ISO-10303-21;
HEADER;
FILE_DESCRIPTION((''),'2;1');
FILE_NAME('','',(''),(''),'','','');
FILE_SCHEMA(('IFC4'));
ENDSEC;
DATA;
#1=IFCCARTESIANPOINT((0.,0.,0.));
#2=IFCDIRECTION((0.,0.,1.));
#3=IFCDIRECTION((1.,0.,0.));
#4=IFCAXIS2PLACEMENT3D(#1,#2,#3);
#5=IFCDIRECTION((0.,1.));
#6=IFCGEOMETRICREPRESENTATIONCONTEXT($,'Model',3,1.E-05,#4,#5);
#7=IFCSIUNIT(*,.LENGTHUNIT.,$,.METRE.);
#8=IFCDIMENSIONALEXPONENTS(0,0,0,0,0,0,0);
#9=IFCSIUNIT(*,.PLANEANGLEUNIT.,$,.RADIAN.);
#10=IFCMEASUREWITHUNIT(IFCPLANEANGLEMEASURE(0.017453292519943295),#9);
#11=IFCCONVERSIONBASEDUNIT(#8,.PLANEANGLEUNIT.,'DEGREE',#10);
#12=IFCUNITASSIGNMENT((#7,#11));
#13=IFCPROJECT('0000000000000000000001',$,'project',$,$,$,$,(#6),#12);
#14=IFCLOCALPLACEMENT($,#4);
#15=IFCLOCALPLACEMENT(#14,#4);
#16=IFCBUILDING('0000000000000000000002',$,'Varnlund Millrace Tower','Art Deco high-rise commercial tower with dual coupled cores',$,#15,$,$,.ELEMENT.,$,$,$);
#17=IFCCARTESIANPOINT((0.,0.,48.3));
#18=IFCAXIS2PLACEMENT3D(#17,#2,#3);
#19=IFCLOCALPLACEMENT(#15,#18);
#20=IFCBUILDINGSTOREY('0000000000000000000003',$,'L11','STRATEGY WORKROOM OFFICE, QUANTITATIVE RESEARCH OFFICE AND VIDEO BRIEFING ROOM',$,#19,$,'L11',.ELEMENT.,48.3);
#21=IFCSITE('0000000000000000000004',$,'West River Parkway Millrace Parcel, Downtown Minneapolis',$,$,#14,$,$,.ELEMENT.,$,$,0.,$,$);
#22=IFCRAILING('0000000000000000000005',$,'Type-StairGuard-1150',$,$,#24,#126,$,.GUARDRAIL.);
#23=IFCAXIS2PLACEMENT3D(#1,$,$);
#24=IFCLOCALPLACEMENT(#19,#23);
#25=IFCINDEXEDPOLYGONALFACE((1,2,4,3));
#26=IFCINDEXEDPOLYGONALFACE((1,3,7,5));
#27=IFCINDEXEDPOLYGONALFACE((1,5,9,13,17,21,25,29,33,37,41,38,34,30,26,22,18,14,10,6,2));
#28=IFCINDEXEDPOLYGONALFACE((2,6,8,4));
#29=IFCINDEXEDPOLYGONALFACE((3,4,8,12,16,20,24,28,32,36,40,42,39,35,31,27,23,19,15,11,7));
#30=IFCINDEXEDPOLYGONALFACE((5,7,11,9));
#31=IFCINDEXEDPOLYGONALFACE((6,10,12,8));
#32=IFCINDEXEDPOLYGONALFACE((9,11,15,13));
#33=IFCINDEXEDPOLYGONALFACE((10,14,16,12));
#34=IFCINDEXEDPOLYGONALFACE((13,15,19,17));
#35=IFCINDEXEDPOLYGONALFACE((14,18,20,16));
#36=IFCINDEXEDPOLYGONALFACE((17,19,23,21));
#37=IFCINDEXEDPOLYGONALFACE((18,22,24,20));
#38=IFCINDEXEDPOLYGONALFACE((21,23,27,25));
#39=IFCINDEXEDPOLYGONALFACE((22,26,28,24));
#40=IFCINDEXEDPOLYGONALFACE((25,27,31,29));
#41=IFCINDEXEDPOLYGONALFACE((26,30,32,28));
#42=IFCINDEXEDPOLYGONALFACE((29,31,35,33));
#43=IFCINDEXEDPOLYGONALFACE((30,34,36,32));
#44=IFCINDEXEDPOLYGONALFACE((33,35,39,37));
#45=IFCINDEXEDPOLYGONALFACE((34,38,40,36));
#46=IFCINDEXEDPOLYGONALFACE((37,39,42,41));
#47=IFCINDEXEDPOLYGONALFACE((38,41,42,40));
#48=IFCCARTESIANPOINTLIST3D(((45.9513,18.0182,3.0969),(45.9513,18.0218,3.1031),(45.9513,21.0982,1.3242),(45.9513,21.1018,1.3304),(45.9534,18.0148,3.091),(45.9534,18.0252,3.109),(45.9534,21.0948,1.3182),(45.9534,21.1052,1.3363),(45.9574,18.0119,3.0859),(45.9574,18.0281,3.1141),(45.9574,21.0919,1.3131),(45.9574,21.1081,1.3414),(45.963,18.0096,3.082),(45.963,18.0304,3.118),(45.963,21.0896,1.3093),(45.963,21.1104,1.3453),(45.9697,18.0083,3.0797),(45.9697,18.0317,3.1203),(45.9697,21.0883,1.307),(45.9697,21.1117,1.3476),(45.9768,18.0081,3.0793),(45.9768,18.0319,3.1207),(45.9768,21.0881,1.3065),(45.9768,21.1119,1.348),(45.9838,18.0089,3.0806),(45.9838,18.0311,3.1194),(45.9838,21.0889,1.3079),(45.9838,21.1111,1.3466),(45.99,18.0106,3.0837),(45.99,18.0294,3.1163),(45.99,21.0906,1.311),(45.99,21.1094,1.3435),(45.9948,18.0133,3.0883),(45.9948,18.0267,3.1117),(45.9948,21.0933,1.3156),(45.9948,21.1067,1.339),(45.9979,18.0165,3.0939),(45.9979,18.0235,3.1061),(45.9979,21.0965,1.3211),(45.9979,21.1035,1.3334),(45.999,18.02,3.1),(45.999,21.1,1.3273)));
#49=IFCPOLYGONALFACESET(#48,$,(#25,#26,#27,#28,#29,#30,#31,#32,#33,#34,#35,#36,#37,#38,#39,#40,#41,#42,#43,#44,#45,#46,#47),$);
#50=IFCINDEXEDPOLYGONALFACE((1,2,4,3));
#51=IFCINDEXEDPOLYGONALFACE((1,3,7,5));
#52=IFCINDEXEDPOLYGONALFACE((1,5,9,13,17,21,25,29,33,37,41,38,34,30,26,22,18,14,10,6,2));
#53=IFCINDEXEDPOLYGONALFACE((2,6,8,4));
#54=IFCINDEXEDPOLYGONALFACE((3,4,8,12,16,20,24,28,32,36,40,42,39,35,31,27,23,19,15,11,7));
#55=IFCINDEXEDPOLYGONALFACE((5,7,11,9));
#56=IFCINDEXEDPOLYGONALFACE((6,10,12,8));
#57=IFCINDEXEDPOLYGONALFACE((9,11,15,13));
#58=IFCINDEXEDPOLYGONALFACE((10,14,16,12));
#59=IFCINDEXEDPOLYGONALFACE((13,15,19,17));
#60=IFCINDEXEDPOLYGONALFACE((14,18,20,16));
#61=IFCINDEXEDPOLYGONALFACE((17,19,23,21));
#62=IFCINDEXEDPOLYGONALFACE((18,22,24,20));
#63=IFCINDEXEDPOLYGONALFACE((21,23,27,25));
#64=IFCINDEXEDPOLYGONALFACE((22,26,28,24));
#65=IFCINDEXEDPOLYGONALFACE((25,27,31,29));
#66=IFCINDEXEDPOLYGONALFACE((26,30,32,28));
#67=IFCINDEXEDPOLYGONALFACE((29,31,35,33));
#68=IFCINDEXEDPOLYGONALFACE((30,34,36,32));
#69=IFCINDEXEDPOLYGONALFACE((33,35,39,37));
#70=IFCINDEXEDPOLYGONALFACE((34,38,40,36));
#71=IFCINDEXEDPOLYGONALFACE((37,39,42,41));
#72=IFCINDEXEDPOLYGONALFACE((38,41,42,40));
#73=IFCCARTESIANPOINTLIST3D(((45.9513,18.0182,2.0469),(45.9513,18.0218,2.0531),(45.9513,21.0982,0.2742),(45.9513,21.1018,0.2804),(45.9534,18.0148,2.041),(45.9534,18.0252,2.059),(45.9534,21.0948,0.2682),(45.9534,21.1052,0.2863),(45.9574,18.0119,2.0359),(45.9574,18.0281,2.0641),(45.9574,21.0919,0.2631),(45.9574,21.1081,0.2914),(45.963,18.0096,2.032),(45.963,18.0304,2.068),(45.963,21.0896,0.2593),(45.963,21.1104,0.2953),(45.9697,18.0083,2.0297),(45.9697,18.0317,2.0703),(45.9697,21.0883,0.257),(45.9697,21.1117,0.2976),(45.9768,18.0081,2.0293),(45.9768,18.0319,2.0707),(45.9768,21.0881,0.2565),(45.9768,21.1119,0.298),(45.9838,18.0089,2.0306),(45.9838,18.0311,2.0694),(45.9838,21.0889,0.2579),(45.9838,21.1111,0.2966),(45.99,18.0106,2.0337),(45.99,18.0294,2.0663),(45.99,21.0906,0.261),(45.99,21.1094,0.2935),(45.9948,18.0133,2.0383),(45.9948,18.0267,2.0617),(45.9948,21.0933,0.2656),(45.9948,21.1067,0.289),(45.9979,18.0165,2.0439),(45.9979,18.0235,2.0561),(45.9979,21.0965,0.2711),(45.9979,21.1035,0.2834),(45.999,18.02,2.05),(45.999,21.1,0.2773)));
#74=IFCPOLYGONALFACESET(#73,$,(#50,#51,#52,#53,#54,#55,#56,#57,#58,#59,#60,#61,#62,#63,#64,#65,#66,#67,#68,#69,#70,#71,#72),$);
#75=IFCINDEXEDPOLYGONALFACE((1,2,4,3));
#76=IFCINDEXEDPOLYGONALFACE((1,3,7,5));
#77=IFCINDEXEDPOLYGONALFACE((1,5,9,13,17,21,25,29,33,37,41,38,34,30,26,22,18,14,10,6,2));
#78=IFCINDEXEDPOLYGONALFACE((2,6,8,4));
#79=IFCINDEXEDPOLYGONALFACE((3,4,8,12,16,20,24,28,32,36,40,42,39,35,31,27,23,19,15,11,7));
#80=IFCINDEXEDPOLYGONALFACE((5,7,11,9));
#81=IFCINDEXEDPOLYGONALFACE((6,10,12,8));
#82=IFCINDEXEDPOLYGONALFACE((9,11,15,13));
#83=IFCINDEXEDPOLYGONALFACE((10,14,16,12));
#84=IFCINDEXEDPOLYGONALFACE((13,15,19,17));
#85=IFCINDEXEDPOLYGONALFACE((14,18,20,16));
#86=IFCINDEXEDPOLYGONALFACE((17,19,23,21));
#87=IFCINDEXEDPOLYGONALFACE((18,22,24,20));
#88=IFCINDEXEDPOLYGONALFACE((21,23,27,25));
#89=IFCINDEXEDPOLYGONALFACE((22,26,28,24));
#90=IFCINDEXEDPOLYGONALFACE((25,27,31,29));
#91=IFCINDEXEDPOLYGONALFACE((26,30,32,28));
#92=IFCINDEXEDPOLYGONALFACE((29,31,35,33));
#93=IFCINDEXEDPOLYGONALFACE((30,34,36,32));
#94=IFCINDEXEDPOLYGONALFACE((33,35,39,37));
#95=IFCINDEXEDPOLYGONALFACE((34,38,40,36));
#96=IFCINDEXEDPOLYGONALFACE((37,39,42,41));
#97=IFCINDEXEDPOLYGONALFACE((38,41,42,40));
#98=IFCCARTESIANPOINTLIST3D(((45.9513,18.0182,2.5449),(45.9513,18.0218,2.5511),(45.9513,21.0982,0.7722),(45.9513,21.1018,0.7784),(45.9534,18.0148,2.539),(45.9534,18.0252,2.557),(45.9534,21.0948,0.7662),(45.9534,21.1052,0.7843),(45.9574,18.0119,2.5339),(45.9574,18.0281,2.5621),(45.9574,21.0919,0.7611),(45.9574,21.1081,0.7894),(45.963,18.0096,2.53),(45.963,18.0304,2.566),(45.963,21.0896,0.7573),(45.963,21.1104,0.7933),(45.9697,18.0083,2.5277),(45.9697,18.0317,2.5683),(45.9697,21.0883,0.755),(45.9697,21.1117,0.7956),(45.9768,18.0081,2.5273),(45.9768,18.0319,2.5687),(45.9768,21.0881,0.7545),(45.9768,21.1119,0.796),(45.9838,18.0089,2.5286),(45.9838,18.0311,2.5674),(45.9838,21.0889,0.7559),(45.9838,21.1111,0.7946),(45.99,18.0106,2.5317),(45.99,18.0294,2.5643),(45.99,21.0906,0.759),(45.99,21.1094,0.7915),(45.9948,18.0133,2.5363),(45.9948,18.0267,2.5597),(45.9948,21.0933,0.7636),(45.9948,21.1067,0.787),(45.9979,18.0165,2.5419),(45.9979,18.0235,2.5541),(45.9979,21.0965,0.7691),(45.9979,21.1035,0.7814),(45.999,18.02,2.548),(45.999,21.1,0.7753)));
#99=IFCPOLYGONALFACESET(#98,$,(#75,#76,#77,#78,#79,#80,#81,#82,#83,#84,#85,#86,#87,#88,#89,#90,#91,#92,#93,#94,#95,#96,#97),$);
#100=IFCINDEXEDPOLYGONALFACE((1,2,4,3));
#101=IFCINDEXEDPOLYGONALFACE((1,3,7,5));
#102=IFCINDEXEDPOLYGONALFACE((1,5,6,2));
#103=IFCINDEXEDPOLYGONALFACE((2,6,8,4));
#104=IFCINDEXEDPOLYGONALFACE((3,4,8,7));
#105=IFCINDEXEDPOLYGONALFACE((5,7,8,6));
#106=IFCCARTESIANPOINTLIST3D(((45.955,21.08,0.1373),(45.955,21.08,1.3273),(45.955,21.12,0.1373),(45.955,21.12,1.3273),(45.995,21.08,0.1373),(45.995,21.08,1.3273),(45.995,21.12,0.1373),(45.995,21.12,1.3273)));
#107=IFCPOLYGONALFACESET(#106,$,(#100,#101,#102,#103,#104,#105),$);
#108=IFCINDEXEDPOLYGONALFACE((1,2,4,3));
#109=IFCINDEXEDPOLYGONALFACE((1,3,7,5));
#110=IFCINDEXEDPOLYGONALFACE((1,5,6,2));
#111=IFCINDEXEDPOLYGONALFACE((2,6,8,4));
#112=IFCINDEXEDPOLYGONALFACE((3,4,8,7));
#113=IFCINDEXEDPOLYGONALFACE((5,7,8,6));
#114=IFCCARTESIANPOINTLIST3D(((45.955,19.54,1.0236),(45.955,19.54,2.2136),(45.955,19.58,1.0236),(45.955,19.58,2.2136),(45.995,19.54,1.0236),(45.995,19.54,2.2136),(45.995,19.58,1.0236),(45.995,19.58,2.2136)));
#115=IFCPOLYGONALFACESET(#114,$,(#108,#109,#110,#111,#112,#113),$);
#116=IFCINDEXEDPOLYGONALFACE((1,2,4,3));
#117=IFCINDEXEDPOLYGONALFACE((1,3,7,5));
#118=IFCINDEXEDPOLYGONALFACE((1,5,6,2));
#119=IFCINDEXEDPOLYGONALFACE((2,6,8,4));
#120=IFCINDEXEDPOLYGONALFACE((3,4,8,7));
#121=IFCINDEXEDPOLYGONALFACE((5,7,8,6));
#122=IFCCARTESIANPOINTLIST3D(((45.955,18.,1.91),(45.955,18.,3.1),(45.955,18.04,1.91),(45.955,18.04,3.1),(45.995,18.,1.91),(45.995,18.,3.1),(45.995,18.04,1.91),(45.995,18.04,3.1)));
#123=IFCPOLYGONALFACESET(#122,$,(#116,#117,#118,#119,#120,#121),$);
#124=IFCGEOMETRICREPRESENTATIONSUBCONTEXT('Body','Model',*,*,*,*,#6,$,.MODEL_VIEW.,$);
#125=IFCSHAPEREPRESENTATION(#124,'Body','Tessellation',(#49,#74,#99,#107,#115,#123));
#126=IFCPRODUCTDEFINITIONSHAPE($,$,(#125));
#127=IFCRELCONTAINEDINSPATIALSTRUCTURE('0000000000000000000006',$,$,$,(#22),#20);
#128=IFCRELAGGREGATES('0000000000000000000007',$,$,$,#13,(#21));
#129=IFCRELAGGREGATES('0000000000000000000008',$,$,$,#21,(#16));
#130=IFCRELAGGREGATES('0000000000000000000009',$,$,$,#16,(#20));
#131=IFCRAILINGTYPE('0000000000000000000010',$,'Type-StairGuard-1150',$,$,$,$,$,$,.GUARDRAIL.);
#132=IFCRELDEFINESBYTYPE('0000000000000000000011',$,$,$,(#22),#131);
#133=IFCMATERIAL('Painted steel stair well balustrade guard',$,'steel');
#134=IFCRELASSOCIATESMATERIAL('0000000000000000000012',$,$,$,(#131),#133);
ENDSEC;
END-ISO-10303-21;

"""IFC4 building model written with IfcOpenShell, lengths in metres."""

from ifc_helpers import new_model, entity, si_unit, converted_unit, direction, frame, origin_with_axes, origin_2d_with_axis, place, context, subcontext, project, spatial, rectangle, circle, extrude, material, type_object, element, save


model = new_model("IFC4")

# Units and contexts
model_context = context("Model", 3, precision=1e-05, world=origin_with_axes(), true_north=direction((0.0, 1.0)))
body_context = subcontext(model_context, "Body", "Model", "MODEL_VIEW")
ifc_project = project(units=[si_unit("LENGTHUNIT", "METRE"), converted_unit("PLANEANGLEUNIT", "DEGREE", entity("IfcPlaneAngleMeasure", 0.017453292519943295), si_unit("PLANEANGLEUNIT", "RADIAN"), dimensions=[0, 0, 0, 0, 0, 0, 0])], contexts=[model_context])

# Site, building, storey
site_placement = place(None, origin_with_axes())
site = spatial("IfcSite", under=ifc_project, at=site_placement, Name="West River Parkway Millrace Parcel, Downtown Minneapolis", CompositionType="ELEMENT", RefElevation=0.0)
building_placement = place(site_placement, origin_with_axes())
building = spatial("IfcBuilding", under=site, at=building_placement, Name="Varnlund Millrace Tower", Description="Art Deco high-rise commercial tower with dual coupled cores", CompositionType="ELEMENT")
storey_placement = place(building_placement, frame((0.0, 0.0, 48.3), z_axis=(0.0, 0.0, 1.0), x_axis=(1.0, 0.0, 0.0)))
storey = spatial("IfcBuildingStorey", under=building, at=storey_placement, Name="L11", Description="STRATEGY WORKROOM OFFICE, QUANTITATIVE RESEARCH OFFICE AND VIDEO BRIEFING ROOM", LongName="L11", CompositionType="ELEMENT", Elevation=48.3)

# Railing
ifc_material_1 = material(Name="Painted steel stair well balustrade guard", Category="steel")
railing_type_1 = type_object("IfcRailingType", Name="Type-StairGuard-1150", PredefinedType="GUARDRAIL", material=ifc_material_1)
railing_1_placement = place(storey_placement, frame((0.0, 0.0, -48.3), z_axis=(0.0, 0.0, 1.0), x_axis=(1.0, 0.0, 0.0)))
element("IfcRailing", 1, at=railing_1_placement, inside=storey, type_object=railing_type_1, Name="Type-StairGuard-1150", PredefinedType="GUARDRAIL", context=body_context, shape_type="SweptSolid", body=[
    extrude(circle(Radius=0.024, at=origin_2d_with_axis()), frame((45.975, 21.1, 49.6273), z_axis=(0.0, -0.866696, 0.498836), x_axis=(1.0, 0.0, 0.0)), (0.0, 0.0, 1.0), 3.5537),
    extrude(circle(Radius=0.024, at=origin_2d_with_axis()), frame((45.975, 21.1, 48.5773), z_axis=(0.0, -0.866696, 0.498836), x_axis=(1.0, 0.0, 0.0)), (0.0, 0.0, 1.0), 3.5537),
    extrude(circle(Radius=0.024, at=origin_2d_with_axis()), frame((45.975, 21.1, 49.0753), z_axis=(0.0, -0.866696, 0.498836), x_axis=(1.0, 0.0, 0.0)), (0.0, 0.0, 1.0), 3.5537),
    extrude(rectangle(XDim=0.04, YDim=0.04, at=origin_2d_with_axis()), frame((45.975, 21.1, 48.4373), z_axis=(0.0, 0.0, 1.0), x_axis=(1.0, 0.0, 0.0)), (0.0, 0.0, 1.0), 1.19),
    extrude(rectangle(XDim=0.04, YDim=0.04, at=origin_2d_with_axis()), frame((45.975, 19.56, 49.3236), z_axis=(0.0, 0.0, 1.0), x_axis=(1.0, 0.0, 0.0)), (0.0, 0.0, 1.0), 1.19),
    extrude(rectangle(XDim=0.04, YDim=0.04, at=origin_2d_with_axis()), frame((45.975, 18.02, 50.21), z_axis=(0.0, 0.0, 1.0), x_axis=(1.0, 0.0, 0.0)), (0.0, 0.0, 1.0), 1.19),
])

save(model, "model.ifc")
